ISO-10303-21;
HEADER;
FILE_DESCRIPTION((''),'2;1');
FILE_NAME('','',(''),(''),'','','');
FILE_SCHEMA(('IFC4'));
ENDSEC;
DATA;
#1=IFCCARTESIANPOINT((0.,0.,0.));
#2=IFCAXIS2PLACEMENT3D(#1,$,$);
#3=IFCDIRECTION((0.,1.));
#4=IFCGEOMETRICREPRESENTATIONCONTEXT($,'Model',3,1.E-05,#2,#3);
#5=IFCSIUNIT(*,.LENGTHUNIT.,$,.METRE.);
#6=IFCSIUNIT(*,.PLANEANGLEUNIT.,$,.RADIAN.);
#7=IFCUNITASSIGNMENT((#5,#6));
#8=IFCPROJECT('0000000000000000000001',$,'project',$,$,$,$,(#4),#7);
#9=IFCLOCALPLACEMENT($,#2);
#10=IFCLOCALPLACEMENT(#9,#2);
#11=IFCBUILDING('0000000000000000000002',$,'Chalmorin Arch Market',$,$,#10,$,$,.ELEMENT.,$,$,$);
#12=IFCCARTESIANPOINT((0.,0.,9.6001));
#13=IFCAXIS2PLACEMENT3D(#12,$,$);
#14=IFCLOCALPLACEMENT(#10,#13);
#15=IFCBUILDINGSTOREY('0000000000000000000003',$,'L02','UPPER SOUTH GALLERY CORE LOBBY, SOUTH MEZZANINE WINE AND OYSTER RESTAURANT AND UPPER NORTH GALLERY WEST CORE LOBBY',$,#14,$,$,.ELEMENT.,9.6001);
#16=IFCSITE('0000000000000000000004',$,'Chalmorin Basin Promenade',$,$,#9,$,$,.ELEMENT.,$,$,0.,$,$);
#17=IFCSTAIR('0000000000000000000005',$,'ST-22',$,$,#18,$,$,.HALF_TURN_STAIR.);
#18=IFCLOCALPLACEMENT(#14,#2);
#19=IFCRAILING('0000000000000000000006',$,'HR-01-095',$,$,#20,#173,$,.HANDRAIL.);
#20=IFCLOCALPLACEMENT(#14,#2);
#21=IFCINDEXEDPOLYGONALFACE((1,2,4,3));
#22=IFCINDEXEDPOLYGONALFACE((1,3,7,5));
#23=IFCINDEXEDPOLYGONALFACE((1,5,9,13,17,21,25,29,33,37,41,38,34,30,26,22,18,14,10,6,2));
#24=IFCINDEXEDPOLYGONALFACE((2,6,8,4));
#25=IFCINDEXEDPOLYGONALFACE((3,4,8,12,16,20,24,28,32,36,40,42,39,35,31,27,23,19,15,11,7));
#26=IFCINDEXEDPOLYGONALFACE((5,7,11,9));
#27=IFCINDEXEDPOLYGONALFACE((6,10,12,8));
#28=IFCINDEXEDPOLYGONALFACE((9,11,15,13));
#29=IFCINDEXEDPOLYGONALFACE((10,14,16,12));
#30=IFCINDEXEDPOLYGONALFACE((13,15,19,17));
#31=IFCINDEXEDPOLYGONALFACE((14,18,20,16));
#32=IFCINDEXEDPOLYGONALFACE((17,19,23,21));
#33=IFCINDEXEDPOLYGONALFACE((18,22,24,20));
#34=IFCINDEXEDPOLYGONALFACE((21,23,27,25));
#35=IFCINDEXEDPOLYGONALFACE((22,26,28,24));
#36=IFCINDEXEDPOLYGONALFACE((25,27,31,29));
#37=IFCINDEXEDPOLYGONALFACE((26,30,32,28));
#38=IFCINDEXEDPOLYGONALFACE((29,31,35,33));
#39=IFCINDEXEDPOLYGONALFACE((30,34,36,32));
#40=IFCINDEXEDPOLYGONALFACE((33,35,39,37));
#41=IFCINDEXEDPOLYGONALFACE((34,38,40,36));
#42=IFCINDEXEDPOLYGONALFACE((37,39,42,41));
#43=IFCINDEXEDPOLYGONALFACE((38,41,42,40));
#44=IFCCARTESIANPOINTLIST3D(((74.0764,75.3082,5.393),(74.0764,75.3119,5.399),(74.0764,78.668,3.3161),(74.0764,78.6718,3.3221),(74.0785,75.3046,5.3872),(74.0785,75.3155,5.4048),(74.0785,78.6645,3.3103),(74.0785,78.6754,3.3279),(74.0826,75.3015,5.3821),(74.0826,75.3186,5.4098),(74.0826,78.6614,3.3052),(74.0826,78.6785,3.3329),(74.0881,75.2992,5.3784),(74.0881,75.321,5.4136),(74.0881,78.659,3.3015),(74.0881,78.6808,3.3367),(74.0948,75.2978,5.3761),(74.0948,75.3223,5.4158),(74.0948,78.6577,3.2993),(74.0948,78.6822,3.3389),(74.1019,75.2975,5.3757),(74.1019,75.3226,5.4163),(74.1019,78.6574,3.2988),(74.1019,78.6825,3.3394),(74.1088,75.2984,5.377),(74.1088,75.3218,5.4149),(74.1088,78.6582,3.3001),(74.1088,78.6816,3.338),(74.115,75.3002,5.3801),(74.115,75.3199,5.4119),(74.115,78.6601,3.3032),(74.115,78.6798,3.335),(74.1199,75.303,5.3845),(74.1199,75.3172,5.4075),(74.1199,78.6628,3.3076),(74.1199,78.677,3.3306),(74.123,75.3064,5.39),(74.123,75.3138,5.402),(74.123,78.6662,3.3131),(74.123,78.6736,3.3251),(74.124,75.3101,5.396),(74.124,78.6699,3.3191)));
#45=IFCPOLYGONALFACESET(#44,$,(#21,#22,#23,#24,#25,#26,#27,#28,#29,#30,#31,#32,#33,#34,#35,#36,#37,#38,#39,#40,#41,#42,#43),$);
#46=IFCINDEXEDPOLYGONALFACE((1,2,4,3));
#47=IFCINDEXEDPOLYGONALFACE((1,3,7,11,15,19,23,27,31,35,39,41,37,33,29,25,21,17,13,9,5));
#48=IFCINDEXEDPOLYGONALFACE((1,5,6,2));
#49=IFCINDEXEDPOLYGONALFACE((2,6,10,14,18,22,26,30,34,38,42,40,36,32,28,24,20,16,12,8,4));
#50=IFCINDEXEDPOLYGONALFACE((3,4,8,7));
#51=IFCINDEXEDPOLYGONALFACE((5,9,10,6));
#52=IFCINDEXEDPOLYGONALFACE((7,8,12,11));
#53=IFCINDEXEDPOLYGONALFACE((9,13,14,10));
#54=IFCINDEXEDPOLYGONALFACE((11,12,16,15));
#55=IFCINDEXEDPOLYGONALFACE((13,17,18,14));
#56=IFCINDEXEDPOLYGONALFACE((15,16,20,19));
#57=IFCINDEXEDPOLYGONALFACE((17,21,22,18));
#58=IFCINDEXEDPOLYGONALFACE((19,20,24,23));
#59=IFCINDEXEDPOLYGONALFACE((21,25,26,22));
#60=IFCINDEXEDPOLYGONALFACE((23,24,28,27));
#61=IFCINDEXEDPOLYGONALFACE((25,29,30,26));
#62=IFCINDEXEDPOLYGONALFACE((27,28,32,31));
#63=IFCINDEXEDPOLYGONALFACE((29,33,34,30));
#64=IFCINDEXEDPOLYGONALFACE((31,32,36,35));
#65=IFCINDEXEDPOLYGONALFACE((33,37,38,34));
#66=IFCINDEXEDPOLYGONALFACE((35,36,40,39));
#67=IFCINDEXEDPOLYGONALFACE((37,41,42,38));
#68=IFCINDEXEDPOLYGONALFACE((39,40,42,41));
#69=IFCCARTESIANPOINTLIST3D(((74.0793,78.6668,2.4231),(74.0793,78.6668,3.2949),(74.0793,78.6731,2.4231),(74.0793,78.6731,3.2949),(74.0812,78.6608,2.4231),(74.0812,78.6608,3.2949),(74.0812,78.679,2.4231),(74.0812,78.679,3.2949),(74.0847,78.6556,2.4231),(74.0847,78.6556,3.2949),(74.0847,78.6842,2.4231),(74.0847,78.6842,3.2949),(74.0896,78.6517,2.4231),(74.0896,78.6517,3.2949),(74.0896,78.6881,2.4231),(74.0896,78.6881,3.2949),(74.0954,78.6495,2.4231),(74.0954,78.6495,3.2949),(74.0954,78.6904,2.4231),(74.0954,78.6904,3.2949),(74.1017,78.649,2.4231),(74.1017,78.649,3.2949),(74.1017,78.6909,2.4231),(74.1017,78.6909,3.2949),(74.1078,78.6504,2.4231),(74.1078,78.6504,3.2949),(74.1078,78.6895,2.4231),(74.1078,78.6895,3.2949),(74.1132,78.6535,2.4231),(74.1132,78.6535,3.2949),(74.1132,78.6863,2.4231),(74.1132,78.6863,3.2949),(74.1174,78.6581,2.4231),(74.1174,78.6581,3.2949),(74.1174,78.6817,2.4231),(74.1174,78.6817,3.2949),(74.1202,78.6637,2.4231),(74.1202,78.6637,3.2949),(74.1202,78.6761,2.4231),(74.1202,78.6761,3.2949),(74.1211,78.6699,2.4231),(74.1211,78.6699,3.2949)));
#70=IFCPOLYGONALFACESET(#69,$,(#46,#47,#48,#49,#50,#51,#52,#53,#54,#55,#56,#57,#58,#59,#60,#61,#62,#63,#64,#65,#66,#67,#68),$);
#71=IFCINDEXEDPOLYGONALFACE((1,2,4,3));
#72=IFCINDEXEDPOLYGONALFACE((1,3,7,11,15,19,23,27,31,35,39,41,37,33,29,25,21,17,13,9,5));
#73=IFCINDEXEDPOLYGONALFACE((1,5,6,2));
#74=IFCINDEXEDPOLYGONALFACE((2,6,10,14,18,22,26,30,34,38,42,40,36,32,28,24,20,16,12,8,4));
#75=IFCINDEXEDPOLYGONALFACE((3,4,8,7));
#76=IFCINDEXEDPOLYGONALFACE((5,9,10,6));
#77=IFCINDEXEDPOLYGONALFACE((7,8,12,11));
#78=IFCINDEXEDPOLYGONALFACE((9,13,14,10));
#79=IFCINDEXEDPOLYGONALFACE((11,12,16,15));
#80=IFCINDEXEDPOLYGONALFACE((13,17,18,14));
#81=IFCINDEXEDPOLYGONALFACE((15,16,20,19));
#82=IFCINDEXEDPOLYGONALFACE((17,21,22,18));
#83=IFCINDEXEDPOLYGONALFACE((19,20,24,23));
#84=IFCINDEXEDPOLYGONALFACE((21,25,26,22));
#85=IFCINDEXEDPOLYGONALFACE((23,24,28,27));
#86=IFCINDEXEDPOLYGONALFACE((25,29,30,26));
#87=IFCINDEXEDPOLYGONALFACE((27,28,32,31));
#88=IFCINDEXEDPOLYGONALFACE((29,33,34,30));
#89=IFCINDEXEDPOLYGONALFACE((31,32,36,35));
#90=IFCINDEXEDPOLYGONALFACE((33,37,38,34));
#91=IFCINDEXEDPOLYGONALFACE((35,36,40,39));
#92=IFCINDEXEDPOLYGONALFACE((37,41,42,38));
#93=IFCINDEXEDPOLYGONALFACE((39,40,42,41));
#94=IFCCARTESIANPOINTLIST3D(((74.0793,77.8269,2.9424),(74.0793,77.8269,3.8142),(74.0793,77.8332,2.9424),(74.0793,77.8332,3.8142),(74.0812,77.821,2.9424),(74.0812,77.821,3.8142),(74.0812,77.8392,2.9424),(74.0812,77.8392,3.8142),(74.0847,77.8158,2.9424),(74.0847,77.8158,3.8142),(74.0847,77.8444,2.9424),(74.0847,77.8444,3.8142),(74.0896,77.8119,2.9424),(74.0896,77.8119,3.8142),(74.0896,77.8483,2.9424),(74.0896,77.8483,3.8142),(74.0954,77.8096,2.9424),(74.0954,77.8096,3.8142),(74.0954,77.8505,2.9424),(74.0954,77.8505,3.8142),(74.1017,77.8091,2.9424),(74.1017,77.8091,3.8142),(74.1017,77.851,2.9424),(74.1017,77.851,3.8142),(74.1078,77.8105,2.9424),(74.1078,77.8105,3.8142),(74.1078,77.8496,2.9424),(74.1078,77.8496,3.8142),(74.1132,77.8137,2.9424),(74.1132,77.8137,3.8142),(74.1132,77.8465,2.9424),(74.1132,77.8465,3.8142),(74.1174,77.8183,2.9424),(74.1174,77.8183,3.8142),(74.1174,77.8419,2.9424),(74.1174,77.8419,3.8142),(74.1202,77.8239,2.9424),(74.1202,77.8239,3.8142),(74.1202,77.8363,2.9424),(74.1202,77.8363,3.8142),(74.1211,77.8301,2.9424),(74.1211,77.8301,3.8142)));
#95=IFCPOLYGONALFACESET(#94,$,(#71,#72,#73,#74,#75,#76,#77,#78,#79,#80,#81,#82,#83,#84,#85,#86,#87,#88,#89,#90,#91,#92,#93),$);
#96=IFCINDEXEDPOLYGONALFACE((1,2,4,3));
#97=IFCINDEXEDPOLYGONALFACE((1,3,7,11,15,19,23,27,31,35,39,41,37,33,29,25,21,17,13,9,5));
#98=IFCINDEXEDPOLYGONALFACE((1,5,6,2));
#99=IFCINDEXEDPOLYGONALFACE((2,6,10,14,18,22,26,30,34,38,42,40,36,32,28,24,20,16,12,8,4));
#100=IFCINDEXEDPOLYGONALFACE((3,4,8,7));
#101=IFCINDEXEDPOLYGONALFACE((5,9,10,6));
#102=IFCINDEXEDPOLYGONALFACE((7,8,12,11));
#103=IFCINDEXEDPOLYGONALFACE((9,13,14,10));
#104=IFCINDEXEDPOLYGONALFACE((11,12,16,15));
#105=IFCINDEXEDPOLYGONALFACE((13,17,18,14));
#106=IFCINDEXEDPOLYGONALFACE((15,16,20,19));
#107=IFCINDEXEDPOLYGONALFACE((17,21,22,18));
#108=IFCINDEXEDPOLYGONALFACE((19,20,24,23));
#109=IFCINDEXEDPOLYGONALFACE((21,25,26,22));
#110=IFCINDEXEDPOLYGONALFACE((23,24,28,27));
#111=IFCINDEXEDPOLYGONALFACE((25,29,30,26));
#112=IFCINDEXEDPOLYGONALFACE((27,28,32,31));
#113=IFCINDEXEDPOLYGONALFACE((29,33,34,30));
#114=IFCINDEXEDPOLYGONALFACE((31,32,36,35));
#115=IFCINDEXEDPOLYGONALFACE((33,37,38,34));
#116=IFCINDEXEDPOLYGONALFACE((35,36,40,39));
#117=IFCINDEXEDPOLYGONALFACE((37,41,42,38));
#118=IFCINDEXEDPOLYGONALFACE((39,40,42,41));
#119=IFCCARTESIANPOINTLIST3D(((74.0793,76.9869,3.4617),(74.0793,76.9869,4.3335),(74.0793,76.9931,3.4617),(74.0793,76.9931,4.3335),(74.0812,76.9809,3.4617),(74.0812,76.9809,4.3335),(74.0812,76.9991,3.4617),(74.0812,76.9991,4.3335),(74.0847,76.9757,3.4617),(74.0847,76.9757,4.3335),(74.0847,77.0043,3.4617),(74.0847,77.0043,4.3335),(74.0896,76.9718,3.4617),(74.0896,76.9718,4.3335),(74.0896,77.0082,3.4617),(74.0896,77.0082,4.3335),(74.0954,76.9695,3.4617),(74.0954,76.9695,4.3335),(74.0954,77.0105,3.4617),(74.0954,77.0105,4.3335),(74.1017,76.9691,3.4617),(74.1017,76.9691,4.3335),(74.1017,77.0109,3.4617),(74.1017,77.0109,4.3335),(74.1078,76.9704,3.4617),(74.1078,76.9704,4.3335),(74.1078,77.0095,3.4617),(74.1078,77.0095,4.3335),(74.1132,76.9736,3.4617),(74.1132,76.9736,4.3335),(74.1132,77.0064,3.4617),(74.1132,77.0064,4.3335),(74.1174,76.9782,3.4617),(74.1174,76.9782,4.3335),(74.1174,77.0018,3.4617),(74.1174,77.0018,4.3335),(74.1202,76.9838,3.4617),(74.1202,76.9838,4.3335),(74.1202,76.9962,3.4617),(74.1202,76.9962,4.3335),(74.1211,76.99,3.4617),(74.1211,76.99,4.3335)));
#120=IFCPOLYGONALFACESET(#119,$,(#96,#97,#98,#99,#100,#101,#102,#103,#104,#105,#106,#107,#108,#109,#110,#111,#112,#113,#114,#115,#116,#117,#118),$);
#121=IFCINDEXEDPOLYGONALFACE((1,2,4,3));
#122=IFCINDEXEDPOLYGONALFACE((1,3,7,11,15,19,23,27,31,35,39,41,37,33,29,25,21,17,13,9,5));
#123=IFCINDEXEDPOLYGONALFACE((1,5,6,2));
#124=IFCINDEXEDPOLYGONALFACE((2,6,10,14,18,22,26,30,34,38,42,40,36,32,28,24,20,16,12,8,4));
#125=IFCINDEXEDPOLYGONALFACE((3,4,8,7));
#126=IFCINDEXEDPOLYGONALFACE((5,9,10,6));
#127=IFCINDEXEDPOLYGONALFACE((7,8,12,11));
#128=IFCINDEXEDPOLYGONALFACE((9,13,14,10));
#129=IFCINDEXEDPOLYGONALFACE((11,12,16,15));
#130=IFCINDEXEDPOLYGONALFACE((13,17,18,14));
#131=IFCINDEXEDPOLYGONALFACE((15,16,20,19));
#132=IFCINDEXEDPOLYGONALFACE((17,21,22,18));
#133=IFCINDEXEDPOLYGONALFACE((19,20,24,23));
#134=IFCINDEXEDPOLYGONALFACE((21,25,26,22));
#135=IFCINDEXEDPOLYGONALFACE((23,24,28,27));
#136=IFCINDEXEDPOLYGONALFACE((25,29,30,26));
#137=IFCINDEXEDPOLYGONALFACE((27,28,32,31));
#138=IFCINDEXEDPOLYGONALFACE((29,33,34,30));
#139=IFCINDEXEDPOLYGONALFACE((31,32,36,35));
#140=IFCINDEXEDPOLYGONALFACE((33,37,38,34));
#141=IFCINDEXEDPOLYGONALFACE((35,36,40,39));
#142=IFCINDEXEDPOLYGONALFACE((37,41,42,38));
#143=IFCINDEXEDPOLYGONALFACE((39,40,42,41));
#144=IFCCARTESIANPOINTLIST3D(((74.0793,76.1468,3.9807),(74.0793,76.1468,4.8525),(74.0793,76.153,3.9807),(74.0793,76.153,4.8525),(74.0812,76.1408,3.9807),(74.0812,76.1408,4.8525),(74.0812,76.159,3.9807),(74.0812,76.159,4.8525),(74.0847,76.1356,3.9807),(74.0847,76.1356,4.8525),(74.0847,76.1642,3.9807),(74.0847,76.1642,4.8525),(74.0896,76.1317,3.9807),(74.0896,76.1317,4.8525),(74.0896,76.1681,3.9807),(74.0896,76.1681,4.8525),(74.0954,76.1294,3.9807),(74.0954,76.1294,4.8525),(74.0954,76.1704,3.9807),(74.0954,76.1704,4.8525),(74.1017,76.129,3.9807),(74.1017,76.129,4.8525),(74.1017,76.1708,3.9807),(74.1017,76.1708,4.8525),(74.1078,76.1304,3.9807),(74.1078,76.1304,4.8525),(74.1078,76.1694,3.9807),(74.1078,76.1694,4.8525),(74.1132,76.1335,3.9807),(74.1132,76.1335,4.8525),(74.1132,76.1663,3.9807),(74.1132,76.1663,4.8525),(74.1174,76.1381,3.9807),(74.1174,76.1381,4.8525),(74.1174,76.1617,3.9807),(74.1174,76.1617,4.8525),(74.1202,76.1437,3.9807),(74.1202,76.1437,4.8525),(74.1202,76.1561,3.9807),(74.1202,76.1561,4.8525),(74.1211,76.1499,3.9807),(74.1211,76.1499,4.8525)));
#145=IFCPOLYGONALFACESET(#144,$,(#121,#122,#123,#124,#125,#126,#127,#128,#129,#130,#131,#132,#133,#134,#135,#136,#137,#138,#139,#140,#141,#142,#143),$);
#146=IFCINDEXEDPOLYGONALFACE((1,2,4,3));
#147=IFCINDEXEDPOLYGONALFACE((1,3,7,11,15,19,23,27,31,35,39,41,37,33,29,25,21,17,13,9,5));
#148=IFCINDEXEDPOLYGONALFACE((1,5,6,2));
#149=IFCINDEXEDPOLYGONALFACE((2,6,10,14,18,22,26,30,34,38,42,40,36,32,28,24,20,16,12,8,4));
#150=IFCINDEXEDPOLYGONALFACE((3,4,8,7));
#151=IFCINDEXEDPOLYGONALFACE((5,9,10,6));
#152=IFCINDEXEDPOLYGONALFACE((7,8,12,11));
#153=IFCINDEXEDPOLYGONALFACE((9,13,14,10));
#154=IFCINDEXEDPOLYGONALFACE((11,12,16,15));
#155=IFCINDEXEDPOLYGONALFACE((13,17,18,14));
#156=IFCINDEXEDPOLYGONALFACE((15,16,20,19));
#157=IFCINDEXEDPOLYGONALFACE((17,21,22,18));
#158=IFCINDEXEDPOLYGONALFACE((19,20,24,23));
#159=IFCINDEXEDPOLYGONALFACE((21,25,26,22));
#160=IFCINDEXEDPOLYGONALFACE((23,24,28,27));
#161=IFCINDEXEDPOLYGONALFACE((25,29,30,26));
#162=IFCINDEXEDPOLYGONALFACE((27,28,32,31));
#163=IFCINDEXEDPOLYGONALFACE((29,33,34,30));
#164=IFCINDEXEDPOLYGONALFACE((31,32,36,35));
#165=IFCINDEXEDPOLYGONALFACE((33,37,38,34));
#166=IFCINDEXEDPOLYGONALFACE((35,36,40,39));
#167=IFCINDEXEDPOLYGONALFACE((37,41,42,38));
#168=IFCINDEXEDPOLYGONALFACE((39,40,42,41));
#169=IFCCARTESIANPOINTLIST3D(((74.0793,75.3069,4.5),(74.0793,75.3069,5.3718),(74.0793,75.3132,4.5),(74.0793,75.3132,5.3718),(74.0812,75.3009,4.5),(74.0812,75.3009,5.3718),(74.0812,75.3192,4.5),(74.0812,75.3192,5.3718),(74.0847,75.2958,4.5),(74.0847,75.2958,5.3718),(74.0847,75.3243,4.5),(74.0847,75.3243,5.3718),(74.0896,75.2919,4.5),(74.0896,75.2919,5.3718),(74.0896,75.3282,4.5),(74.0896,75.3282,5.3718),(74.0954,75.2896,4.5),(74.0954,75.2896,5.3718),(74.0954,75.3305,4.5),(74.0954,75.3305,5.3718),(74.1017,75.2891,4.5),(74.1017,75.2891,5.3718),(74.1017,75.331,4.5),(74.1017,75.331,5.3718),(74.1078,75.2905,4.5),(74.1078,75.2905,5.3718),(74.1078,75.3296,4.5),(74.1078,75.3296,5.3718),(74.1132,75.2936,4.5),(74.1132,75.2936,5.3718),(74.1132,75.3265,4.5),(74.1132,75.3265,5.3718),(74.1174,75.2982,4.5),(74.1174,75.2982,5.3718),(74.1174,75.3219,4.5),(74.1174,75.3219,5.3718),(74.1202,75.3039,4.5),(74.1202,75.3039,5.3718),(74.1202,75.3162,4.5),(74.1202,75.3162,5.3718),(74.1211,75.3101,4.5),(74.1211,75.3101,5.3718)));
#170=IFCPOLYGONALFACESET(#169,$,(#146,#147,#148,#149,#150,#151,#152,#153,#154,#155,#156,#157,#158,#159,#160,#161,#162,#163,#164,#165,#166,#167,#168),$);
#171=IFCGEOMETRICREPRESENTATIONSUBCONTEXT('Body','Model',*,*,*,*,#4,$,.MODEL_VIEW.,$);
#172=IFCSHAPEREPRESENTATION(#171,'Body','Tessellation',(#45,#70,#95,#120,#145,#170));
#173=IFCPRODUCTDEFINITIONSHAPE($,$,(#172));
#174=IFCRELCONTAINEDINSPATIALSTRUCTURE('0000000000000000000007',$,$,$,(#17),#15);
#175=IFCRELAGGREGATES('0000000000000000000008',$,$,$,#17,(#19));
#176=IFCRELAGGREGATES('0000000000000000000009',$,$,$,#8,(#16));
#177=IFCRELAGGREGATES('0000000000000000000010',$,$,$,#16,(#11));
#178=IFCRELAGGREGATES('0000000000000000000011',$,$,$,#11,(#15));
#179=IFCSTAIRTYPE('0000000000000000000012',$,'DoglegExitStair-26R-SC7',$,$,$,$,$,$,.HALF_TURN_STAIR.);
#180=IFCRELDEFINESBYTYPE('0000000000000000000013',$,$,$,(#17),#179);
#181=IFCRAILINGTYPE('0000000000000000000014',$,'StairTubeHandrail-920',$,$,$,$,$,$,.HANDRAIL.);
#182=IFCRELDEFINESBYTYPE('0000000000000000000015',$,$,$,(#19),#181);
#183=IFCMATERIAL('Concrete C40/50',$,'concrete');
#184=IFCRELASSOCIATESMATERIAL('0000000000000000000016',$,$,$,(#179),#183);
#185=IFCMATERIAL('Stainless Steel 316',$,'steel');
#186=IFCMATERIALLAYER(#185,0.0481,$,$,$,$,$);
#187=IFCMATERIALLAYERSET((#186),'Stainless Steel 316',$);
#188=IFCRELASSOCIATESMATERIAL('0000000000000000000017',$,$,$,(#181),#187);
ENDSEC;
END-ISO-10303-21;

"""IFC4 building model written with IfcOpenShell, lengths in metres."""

from ifc_helpers import new_model, si_unit, direction, frame, origin, origin_2d, place, context, subcontext, project, spatial, circle, extrude, material, layer, layer_set, type_object, element, aggregate, save


model = new_model("IFC4")

# Units and contexts
model_context = context("Model", 3, precision=1e-05, world=origin(), true_north=direction((0.0, 1.0)))
body_context = subcontext(model_context, "Body", "Model", "MODEL_VIEW")
ifc_project = project(units=[si_unit("LENGTHUNIT", "METRE"), si_unit("PLANEANGLEUNIT", "RADIAN")], contexts=[model_context])

# Site, building, storey
site_placement = place(None, origin())
site = spatial("IfcSite", under=ifc_project, at=site_placement, Name="Chalmorin Basin Promenade", CompositionType="ELEMENT", RefElevation=0.0)
building_placement = place(site_placement, origin())
building = spatial("IfcBuilding", under=site, at=building_placement, Name="Chalmorin Arch Market", CompositionType="ELEMENT")
storey_placement = place(building_placement, frame((0.0, 0.0, 9.6001)))
storey = spatial("IfcBuildingStorey", under=building, at=storey_placement, Name="L02", Description="UPPER SOUTH GALLERY CORE LOBBY, SOUTH MEZZANINE WINE AND OYSTER RESTAURANT AND UPPER NORTH GALLERY WEST CORE LOBBY", CompositionType="ELEMENT", Elevation=9.6001)

# Shared definitions
ifc_material_1 = material(Name="Concrete C40/50", Category="concrete")

# Stair
stair_type = type_object("IfcStairType", Name="DoglegExitStair-26R-SC7", PredefinedType="HALF_TURN_STAIR", material=ifc_material_1)
stair_placement = place(storey_placement, origin())
stair = element("IfcStair", 1, at=stair_placement, inside=storey, type_object=stair_type, Name="ST-22", PredefinedType="HALF_TURN_STAIR")

# Railing
ifc_material_2 = material(Name="Stainless Steel 316", Category="steel")
ifc_layer_1 = layer(ifc_material_2, 0.0481)
ifc_layer_set_1 = layer_set([ifc_layer_1], Name="Stainless Steel 316")
railing_type_1 = type_object("IfcRailingType", Name="StairTubeHandrail-920", PredefinedType="HANDRAIL", material=ifc_layer_set_1)
railing_1_placement = place(storey_placement, frame((74.1001, 78.6699, 2.4231)))
railing_1 = element("IfcRailing", 2, at=railing_1_placement, type_object=railing_type_1, Name="HR-01-095", PredefinedType="HANDRAIL", context=body_context, shape_type="SweptSolid", body=[
    extrude(circle(Radius=0.0239, at=origin_2d()), frame((0.0, 0.0, 0.896), z_axis=(0.0, -0.850606, 0.525803), x_axis=(1.0, 0.0, 0.0)), (0.0, 0.0, 1.0), 3.95),
    extrude(circle(Radius=0.021, at=origin_2d()), origin(), (0.0, 0.0, 1.0), 0.8718),
    extrude(circle(Radius=0.021, at=origin_2d()), frame((0.0, -0.8398, 0.5193)), (0.0, 0.0, 1.0), 0.8718),
    extrude(circle(Radius=0.021, at=origin_2d()), frame((0.0, -1.6799, 1.0386)), (0.0, 0.0, 1.0), 0.8718),
    extrude(circle(Radius=0.021, at=origin_2d()), frame((0.0, -2.52, 1.5576)), (0.0, 0.0, 1.0), 0.8718),
    extrude(circle(Radius=0.021, at=origin_2d()), frame((0.0, -3.3599, 2.0769)), (0.0, 0.0, 1.0), 0.8718),
])
aggregate(stair, [railing_1])

save(model, "model.ifc")
